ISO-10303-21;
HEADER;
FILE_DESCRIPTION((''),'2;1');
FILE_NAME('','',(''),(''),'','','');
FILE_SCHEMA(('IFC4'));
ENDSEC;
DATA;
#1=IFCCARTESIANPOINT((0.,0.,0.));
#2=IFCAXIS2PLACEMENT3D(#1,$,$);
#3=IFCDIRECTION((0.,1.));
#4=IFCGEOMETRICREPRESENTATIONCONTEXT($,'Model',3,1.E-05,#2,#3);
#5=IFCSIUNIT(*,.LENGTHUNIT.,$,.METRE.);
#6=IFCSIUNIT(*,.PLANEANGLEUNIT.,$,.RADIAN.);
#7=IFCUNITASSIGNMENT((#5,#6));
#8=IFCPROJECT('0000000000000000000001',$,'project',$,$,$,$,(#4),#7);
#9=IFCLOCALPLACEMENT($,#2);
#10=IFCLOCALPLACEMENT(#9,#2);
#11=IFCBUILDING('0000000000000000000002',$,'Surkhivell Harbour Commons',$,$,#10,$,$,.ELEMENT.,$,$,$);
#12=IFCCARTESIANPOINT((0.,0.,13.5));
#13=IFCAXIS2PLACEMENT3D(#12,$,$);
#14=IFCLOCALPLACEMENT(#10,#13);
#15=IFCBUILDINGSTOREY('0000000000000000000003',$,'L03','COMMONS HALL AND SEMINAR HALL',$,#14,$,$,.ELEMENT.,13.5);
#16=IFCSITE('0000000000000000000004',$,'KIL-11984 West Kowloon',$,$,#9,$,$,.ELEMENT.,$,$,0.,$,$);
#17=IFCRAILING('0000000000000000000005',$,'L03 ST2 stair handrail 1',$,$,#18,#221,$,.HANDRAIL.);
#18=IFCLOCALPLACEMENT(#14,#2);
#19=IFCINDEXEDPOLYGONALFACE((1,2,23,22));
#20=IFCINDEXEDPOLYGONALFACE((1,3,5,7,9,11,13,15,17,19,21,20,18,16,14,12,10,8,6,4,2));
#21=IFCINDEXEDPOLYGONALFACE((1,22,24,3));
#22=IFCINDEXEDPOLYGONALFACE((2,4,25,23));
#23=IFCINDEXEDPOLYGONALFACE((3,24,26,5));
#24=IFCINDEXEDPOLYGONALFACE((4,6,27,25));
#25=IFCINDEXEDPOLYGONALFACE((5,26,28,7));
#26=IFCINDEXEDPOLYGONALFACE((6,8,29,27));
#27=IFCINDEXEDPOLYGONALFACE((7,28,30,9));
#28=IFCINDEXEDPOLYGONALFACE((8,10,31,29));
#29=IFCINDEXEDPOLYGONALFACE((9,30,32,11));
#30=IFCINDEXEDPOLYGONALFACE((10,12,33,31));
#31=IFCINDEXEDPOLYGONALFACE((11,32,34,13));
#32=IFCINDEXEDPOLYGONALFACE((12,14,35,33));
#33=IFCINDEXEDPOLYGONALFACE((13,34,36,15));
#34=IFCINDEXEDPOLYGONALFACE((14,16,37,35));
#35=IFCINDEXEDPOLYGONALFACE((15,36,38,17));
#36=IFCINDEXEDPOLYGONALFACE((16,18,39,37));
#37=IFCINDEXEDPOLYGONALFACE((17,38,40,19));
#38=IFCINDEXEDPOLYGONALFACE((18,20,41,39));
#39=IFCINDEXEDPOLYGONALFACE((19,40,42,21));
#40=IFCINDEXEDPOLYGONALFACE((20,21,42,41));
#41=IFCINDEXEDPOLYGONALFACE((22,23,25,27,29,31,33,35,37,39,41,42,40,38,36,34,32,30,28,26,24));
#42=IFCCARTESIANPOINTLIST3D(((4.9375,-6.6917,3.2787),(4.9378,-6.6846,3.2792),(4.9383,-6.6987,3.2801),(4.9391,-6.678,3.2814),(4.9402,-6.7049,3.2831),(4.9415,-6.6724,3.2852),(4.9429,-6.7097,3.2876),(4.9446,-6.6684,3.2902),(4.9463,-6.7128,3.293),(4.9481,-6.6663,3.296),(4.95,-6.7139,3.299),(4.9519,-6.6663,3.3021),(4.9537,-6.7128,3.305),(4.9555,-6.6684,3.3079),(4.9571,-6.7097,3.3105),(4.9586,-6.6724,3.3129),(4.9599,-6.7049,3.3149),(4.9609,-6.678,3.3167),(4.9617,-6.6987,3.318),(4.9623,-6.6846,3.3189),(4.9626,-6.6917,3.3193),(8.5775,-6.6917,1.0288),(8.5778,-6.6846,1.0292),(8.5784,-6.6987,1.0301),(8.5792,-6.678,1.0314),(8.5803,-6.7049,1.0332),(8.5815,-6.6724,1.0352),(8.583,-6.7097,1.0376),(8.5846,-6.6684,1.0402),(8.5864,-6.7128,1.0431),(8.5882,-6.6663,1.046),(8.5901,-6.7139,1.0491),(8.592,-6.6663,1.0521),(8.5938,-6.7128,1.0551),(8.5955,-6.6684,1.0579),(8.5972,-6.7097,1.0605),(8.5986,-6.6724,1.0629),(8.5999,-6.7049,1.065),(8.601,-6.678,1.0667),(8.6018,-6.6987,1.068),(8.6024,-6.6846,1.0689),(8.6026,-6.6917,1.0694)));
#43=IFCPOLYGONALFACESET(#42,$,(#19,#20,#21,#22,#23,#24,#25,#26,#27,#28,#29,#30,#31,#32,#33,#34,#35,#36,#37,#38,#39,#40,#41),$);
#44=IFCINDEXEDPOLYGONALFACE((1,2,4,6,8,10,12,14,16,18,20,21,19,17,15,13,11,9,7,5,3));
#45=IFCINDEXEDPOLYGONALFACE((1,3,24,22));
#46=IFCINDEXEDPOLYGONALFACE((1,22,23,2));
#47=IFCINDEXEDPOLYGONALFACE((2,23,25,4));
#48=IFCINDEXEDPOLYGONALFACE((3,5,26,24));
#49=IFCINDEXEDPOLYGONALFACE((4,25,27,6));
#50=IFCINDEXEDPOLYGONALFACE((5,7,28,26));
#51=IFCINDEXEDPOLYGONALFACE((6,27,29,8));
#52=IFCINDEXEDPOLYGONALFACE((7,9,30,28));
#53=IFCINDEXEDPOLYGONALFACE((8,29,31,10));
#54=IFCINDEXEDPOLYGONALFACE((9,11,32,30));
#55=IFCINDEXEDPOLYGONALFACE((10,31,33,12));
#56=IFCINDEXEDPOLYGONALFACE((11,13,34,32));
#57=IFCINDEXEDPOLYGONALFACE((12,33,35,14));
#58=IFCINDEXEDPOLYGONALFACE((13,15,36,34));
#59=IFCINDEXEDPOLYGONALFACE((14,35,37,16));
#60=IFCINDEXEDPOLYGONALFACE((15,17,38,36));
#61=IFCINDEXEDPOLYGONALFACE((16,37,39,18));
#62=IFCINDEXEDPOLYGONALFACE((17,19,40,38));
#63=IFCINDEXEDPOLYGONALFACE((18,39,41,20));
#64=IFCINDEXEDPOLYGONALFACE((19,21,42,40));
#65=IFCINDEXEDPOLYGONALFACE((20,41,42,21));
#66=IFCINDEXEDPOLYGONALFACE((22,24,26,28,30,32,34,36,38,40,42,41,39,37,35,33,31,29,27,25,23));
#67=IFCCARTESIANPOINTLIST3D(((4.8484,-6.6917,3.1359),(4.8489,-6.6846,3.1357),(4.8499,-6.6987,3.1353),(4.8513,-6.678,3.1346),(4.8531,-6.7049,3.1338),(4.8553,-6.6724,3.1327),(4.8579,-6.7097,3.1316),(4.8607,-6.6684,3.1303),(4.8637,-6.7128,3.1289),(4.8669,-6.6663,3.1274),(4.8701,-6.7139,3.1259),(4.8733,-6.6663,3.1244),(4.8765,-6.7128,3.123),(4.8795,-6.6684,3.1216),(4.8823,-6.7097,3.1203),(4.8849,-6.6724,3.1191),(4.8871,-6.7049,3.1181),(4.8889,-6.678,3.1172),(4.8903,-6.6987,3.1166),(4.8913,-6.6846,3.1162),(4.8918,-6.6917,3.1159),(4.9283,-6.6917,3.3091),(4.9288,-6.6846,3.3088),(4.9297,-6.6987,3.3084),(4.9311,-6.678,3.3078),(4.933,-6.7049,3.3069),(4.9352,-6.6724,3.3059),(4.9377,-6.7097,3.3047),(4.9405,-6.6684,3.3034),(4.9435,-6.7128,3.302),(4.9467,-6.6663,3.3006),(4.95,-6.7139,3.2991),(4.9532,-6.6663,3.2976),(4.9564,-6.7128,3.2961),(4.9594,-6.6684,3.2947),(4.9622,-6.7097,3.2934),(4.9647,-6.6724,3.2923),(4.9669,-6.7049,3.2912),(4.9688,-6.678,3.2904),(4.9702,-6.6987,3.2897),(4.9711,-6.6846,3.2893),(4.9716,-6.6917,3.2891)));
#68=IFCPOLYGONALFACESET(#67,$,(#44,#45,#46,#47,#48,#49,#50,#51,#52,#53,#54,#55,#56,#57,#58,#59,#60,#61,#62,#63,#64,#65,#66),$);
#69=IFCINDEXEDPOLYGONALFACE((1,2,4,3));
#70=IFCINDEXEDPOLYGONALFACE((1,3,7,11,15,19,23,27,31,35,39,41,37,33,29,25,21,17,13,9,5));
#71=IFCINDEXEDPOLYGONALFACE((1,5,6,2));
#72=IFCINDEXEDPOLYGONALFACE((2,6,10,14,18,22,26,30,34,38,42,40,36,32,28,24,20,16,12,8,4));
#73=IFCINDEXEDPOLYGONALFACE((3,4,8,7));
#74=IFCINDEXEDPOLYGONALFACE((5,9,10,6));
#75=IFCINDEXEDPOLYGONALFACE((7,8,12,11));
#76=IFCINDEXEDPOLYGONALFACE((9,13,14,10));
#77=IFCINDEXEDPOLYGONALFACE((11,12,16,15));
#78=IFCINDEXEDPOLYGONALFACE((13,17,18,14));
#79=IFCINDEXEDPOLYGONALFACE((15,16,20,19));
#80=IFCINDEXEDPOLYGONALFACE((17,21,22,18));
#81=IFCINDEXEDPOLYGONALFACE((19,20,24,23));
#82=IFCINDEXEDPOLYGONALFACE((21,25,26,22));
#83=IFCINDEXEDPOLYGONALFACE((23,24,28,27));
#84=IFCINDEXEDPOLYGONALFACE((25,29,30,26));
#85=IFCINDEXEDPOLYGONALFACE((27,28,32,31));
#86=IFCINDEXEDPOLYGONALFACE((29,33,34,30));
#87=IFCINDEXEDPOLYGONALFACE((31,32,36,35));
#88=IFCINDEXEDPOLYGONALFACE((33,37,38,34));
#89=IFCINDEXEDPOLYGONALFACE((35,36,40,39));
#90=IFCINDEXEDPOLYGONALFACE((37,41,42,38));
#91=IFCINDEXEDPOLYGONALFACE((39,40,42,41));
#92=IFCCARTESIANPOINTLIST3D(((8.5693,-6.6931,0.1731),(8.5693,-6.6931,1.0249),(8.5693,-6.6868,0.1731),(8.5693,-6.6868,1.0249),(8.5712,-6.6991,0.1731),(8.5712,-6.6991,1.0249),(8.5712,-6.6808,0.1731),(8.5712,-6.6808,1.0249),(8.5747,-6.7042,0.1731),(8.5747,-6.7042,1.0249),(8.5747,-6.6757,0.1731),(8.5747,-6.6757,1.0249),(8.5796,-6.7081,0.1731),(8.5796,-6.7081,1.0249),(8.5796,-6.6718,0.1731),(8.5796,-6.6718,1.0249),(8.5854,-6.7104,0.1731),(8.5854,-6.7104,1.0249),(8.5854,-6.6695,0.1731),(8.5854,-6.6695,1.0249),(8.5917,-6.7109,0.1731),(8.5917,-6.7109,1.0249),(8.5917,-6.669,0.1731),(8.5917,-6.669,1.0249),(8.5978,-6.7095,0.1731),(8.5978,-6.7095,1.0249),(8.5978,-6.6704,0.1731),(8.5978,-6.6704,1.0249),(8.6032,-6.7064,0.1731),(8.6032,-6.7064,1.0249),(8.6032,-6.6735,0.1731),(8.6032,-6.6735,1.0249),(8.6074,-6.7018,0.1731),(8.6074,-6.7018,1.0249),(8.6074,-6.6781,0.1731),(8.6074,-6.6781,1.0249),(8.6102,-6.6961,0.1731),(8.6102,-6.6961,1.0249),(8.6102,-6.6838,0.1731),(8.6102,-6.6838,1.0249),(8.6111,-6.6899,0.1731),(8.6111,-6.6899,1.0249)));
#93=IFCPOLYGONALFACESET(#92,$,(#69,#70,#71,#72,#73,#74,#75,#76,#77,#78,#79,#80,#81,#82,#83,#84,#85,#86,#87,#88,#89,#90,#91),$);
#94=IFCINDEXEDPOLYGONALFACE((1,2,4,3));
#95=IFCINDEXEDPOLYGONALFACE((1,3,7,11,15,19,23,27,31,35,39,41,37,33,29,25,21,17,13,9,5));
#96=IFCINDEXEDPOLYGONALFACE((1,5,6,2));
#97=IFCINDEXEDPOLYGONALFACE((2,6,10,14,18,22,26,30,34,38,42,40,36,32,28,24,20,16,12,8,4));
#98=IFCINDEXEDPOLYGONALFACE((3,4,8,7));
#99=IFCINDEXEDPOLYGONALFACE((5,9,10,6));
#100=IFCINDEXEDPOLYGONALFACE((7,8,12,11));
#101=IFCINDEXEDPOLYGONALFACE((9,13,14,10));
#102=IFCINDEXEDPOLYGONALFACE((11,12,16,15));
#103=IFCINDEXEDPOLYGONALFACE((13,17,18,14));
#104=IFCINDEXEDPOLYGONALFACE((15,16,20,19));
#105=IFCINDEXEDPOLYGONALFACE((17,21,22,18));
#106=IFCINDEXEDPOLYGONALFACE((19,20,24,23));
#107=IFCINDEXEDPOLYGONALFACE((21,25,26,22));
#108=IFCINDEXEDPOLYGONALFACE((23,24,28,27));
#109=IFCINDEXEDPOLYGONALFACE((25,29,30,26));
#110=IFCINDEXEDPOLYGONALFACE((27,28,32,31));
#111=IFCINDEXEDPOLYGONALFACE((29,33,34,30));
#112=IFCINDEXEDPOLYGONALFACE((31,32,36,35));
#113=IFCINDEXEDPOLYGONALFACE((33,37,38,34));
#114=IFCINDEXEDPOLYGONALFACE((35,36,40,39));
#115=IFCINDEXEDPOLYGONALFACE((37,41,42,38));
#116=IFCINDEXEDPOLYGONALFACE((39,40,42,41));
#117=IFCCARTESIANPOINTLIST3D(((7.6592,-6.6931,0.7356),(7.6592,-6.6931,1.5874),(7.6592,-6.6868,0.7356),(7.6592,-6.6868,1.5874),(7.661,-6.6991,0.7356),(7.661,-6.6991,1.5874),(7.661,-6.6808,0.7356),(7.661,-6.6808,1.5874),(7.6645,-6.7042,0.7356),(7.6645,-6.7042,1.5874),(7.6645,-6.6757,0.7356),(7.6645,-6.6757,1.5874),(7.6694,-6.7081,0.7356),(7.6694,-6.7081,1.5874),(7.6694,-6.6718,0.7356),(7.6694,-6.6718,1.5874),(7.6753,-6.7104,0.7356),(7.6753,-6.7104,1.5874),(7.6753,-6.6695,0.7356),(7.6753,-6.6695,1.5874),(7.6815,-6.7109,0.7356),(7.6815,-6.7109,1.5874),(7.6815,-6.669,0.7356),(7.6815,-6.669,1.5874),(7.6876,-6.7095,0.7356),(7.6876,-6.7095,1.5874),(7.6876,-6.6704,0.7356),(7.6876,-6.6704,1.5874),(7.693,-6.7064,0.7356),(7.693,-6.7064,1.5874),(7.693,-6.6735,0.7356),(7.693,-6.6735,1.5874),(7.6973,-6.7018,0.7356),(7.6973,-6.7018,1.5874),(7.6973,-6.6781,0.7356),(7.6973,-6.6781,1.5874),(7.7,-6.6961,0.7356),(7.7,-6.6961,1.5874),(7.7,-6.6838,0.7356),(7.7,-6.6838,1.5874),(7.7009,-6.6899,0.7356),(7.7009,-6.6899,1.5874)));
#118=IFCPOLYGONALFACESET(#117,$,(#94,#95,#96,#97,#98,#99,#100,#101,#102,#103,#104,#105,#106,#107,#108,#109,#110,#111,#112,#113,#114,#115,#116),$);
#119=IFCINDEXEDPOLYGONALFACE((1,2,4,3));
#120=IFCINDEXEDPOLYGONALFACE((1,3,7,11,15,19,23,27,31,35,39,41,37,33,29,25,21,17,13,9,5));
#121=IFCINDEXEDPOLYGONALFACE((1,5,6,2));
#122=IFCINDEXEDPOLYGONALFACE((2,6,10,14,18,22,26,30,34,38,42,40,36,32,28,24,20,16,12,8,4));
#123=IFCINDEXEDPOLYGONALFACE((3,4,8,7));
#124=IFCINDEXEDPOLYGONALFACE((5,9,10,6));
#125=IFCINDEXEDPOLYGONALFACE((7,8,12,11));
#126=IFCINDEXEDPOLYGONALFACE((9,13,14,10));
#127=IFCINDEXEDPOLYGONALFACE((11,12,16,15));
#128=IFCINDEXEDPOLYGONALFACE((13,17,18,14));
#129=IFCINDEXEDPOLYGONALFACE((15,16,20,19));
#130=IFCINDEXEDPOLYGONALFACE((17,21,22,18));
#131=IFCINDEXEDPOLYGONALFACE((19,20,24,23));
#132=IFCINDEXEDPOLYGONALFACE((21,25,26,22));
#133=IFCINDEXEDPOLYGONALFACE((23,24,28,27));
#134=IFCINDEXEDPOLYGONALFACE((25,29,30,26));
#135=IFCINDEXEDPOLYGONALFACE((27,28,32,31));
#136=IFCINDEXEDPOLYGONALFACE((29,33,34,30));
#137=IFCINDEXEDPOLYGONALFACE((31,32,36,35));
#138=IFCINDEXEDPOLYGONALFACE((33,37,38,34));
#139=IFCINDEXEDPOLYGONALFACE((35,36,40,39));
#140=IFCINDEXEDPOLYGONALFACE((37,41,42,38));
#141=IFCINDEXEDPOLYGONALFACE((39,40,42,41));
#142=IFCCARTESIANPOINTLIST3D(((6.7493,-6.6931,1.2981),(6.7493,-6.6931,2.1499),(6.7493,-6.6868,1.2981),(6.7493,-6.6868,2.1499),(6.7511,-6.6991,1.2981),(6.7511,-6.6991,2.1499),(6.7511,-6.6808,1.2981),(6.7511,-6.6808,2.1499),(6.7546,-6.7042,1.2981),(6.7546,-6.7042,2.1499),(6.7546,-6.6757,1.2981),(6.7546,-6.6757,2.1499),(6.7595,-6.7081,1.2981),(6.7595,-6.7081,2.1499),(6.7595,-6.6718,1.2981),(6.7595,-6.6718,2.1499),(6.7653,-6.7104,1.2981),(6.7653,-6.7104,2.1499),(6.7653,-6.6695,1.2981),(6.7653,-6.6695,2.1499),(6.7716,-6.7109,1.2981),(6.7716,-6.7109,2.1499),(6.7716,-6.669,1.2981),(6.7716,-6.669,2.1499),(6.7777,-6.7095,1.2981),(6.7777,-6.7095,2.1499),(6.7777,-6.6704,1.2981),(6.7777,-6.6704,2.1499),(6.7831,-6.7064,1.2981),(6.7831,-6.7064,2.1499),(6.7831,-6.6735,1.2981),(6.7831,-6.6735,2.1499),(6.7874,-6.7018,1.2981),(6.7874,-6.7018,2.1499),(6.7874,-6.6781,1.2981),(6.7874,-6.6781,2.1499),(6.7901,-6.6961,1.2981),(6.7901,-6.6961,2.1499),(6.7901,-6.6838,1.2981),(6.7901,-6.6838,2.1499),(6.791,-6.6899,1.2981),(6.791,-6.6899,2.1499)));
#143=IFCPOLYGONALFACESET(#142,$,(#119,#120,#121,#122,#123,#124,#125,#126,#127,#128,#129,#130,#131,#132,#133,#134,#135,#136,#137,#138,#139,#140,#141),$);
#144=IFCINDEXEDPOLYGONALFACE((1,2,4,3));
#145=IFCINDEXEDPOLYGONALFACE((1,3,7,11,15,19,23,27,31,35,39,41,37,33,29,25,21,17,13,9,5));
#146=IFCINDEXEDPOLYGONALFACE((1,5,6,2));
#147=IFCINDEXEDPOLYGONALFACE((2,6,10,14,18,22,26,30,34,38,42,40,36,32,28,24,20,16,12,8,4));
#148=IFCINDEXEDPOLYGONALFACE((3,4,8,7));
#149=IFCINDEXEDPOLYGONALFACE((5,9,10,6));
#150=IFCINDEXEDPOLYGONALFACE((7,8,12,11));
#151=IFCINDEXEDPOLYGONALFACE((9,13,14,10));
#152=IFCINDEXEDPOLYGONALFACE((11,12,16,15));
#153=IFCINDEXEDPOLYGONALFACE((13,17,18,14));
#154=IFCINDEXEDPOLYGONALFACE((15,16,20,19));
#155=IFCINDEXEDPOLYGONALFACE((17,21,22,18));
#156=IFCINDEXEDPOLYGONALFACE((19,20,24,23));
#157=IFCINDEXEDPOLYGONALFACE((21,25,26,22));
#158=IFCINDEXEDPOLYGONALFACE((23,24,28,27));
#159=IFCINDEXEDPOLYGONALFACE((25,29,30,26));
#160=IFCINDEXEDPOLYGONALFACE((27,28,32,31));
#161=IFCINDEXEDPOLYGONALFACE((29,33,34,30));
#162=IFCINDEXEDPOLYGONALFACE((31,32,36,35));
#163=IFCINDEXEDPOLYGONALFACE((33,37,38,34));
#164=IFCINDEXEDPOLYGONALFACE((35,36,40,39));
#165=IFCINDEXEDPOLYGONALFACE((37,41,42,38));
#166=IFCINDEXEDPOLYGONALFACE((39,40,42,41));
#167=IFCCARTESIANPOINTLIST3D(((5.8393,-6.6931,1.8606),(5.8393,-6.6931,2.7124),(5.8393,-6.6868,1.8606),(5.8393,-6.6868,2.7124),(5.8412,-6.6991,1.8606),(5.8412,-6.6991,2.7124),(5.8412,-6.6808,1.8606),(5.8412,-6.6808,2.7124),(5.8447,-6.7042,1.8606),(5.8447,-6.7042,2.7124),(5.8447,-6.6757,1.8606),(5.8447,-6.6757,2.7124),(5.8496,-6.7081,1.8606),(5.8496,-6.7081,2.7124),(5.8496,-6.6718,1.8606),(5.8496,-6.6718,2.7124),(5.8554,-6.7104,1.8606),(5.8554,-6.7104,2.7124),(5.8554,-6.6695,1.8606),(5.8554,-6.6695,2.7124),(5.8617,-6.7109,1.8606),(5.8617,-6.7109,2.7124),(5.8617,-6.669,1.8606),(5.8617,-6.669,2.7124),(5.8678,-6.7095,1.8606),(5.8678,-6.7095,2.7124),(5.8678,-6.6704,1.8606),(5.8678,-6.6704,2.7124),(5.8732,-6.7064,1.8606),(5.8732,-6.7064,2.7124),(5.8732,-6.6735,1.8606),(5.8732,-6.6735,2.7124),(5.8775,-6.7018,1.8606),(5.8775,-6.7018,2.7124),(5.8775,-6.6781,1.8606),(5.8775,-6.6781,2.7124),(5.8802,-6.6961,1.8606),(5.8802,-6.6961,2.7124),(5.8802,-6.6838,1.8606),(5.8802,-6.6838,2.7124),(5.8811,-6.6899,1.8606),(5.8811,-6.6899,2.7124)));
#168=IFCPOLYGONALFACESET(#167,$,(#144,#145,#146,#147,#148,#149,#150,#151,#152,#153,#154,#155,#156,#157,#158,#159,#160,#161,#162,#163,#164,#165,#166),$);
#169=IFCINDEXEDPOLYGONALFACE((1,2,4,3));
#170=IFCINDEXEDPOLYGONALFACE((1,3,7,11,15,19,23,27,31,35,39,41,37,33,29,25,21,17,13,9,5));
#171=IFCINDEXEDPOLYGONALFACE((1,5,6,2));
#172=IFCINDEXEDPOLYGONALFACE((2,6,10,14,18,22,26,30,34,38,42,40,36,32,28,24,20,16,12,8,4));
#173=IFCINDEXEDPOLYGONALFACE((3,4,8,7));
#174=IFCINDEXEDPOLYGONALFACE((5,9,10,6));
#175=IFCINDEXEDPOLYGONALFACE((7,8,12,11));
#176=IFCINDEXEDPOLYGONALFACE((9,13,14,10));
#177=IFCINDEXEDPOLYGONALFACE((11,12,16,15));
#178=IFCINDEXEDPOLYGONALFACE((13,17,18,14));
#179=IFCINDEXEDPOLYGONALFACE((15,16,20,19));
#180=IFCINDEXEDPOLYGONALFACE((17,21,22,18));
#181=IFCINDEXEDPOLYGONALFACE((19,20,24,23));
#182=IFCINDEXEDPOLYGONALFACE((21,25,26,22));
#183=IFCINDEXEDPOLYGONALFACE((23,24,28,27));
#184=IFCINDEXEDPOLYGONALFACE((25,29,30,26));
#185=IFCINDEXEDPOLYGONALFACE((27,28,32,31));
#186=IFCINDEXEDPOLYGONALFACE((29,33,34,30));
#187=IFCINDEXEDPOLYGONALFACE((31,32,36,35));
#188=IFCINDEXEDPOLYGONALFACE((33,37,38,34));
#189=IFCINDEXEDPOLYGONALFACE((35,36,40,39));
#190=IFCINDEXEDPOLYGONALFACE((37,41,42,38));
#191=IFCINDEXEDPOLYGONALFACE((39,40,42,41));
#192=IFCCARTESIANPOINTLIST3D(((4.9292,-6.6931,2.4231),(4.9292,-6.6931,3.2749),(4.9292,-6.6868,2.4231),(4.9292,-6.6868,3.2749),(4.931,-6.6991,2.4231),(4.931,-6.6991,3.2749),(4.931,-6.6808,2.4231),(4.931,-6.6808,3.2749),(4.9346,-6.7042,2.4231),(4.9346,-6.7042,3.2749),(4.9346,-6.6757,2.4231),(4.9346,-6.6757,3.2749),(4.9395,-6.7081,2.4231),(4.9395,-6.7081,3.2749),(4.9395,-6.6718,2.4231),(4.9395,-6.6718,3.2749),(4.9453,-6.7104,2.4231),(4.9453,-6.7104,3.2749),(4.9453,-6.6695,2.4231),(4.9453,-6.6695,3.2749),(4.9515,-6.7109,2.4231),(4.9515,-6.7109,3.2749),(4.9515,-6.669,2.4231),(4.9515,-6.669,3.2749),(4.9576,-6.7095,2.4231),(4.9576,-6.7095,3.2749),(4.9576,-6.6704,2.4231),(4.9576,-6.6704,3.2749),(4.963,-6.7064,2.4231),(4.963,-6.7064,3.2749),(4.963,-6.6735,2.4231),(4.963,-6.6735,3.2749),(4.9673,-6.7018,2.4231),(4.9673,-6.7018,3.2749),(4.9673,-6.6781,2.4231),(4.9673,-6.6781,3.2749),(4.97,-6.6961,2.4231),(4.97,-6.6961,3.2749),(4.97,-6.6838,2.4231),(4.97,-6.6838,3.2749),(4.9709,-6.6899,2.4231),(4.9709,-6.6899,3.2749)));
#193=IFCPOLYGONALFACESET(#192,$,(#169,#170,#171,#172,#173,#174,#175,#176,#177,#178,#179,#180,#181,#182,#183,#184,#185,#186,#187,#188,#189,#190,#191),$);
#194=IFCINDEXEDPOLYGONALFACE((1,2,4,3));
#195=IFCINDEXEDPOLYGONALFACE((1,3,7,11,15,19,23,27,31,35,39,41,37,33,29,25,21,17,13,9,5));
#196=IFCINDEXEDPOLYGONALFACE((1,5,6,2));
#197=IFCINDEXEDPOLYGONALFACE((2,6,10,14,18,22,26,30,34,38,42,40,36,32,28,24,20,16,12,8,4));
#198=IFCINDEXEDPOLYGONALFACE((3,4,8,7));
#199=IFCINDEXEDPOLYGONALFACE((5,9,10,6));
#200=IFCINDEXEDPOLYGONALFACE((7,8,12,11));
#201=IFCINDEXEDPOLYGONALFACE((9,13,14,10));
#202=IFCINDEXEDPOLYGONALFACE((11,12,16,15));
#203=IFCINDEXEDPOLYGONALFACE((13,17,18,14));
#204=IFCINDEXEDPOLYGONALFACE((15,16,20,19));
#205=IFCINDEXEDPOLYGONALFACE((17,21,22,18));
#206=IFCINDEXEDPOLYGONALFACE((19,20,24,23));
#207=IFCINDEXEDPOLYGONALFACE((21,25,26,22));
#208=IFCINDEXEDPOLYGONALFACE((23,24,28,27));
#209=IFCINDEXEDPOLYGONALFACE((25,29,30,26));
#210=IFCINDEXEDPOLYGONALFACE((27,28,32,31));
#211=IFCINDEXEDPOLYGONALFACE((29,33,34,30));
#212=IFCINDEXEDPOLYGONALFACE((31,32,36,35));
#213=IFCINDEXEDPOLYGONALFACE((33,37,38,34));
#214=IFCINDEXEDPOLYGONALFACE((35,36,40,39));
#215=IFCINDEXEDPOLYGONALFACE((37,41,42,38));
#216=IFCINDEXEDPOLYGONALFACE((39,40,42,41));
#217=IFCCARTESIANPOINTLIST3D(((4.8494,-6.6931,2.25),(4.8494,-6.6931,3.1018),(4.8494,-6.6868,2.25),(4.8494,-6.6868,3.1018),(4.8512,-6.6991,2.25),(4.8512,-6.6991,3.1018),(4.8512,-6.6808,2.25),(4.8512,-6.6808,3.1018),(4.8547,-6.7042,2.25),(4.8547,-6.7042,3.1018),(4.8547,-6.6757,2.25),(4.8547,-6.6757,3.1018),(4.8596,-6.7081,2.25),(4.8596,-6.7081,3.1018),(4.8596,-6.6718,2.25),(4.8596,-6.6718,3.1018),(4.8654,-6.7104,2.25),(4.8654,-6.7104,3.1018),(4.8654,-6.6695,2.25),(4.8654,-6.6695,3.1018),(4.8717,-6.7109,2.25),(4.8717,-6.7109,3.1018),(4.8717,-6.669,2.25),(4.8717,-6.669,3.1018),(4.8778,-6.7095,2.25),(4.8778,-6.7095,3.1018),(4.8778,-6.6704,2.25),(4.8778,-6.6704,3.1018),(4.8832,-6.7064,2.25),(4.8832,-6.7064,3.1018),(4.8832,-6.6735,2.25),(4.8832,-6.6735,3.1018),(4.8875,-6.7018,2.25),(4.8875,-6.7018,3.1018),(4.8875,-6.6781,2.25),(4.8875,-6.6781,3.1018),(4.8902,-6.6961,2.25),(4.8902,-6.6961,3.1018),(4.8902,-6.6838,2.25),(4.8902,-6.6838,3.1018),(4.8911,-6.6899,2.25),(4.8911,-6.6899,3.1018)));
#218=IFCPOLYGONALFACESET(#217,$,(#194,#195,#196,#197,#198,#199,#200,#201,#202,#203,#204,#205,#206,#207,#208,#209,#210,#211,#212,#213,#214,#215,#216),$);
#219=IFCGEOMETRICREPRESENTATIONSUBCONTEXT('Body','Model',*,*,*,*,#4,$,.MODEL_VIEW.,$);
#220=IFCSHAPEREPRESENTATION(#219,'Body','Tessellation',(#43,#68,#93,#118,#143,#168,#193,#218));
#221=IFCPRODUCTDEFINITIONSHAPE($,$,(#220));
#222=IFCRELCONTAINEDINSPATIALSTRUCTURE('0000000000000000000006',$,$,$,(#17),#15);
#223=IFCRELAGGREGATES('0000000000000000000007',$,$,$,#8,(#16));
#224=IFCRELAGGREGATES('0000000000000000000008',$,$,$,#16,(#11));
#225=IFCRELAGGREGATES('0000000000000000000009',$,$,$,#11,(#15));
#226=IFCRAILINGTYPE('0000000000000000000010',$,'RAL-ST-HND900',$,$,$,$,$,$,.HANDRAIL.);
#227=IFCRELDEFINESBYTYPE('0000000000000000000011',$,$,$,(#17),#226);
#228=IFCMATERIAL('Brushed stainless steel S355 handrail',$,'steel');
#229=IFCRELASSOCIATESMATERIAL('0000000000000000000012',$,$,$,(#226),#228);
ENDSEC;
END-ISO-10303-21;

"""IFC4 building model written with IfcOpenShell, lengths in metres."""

from ifc_helpers import new_model, si_unit, direction, frame, origin, origin_2d, place, context, subcontext, project, spatial, circle, extrude, material, type_object, element, save


model = new_model("IFC4")

# Units and contexts
model_context = context("Model", 3, precision=1e-05, world=origin(), true_north=direction((0.0, 1.0)))
body_context = subcontext(model_context, "Body", "Model", "MODEL_VIEW")
ifc_project = project(units=[si_unit("LENGTHUNIT", "METRE"), si_unit("PLANEANGLEUNIT", "RADIAN")], contexts=[model_context])

# Site, building, storey
site_placement = place(None, origin())
site = spatial("IfcSite", under=ifc_project, at=site_placement, Name="KIL-11984 West Kowloon", CompositionType="ELEMENT", RefElevation=0.0)
building_placement = place(site_placement, origin())
building = spatial("IfcBuilding", under=site, at=building_placement, Name="Surkhivell Harbour Commons", CompositionType="ELEMENT")
storey_placement = place(building_placement, frame((0.0, 0.0, 13.5)))
storey = spatial("IfcBuildingStorey", under=building, at=storey_placement, Name="L03", Description="COMMONS HALL AND SEMINAR HALL", CompositionType="ELEMENT", Elevation=13.5)

# Railing
ifc_material_1 = material(Name="Brushed stainless steel S355 handrail", Category="steel")
railing_type_1 = type_object("IfcRailingType", Name="RAL-ST-HND900", PredefinedType="HANDRAIL", material=ifc_material_1)
railing_1_placement = place(storey_placement, frame((8.5901, -6.6899, 0.1731)))
element("IfcRailing", 1, at=railing_1_placement, inside=storey, type_object=railing_type_1, Name="L03 ST2 stair handrail 1", PredefinedType="HANDRAIL", context=body_context, shape_type="SweptSolid", body=[
    extrude(circle(Radius=0.0239, at=origin_2d()), frame((0.0, 0.0, 0.876), z_axis=(-0.850622, 0.0, 0.525777), x_axis=(0.0, -1.0, 0.0)), (0.0, 0.0, 1.0), 4.2793),
    extrude(circle(Radius=0.0239, at=origin_2d()), frame((-3.6401, 0.0, 3.126), z_axis=(-0.418815, 0.0, -0.908072), x_axis=(0.0, -1.0, 0.0)), (0.0, 0.0, 1.0), 0.1907),
    extrude(circle(Radius=0.021, at=origin_2d()), origin(), (0.0, 0.0, 1.0), 0.8518),
    extrude(circle(Radius=0.021, at=origin_2d()), frame((-0.9102, 0.0, 0.5625)), (0.0, 0.0, 1.0), 0.8518),
    extrude(circle(Radius=0.021, at=origin_2d()), frame((-1.8201, 0.0, 1.125)), (0.0, 0.0, 1.0), 0.8518),
    extrude(circle(Radius=0.021, at=origin_2d()), frame((-2.73, 0.0, 1.6875)), (0.0, 0.0, 1.0), 0.8518),
    extrude(circle(Radius=0.021, at=origin_2d()), frame((-3.6401, 0.0, 2.25)), (0.0, 0.0, 1.0), 0.8518),
    extrude(circle(Radius=0.021, at=origin_2d()), frame((-3.72, 0.0, 2.0769)), (0.0, 0.0, 1.0), 0.8518),
])

save(model, "model.ifc")
